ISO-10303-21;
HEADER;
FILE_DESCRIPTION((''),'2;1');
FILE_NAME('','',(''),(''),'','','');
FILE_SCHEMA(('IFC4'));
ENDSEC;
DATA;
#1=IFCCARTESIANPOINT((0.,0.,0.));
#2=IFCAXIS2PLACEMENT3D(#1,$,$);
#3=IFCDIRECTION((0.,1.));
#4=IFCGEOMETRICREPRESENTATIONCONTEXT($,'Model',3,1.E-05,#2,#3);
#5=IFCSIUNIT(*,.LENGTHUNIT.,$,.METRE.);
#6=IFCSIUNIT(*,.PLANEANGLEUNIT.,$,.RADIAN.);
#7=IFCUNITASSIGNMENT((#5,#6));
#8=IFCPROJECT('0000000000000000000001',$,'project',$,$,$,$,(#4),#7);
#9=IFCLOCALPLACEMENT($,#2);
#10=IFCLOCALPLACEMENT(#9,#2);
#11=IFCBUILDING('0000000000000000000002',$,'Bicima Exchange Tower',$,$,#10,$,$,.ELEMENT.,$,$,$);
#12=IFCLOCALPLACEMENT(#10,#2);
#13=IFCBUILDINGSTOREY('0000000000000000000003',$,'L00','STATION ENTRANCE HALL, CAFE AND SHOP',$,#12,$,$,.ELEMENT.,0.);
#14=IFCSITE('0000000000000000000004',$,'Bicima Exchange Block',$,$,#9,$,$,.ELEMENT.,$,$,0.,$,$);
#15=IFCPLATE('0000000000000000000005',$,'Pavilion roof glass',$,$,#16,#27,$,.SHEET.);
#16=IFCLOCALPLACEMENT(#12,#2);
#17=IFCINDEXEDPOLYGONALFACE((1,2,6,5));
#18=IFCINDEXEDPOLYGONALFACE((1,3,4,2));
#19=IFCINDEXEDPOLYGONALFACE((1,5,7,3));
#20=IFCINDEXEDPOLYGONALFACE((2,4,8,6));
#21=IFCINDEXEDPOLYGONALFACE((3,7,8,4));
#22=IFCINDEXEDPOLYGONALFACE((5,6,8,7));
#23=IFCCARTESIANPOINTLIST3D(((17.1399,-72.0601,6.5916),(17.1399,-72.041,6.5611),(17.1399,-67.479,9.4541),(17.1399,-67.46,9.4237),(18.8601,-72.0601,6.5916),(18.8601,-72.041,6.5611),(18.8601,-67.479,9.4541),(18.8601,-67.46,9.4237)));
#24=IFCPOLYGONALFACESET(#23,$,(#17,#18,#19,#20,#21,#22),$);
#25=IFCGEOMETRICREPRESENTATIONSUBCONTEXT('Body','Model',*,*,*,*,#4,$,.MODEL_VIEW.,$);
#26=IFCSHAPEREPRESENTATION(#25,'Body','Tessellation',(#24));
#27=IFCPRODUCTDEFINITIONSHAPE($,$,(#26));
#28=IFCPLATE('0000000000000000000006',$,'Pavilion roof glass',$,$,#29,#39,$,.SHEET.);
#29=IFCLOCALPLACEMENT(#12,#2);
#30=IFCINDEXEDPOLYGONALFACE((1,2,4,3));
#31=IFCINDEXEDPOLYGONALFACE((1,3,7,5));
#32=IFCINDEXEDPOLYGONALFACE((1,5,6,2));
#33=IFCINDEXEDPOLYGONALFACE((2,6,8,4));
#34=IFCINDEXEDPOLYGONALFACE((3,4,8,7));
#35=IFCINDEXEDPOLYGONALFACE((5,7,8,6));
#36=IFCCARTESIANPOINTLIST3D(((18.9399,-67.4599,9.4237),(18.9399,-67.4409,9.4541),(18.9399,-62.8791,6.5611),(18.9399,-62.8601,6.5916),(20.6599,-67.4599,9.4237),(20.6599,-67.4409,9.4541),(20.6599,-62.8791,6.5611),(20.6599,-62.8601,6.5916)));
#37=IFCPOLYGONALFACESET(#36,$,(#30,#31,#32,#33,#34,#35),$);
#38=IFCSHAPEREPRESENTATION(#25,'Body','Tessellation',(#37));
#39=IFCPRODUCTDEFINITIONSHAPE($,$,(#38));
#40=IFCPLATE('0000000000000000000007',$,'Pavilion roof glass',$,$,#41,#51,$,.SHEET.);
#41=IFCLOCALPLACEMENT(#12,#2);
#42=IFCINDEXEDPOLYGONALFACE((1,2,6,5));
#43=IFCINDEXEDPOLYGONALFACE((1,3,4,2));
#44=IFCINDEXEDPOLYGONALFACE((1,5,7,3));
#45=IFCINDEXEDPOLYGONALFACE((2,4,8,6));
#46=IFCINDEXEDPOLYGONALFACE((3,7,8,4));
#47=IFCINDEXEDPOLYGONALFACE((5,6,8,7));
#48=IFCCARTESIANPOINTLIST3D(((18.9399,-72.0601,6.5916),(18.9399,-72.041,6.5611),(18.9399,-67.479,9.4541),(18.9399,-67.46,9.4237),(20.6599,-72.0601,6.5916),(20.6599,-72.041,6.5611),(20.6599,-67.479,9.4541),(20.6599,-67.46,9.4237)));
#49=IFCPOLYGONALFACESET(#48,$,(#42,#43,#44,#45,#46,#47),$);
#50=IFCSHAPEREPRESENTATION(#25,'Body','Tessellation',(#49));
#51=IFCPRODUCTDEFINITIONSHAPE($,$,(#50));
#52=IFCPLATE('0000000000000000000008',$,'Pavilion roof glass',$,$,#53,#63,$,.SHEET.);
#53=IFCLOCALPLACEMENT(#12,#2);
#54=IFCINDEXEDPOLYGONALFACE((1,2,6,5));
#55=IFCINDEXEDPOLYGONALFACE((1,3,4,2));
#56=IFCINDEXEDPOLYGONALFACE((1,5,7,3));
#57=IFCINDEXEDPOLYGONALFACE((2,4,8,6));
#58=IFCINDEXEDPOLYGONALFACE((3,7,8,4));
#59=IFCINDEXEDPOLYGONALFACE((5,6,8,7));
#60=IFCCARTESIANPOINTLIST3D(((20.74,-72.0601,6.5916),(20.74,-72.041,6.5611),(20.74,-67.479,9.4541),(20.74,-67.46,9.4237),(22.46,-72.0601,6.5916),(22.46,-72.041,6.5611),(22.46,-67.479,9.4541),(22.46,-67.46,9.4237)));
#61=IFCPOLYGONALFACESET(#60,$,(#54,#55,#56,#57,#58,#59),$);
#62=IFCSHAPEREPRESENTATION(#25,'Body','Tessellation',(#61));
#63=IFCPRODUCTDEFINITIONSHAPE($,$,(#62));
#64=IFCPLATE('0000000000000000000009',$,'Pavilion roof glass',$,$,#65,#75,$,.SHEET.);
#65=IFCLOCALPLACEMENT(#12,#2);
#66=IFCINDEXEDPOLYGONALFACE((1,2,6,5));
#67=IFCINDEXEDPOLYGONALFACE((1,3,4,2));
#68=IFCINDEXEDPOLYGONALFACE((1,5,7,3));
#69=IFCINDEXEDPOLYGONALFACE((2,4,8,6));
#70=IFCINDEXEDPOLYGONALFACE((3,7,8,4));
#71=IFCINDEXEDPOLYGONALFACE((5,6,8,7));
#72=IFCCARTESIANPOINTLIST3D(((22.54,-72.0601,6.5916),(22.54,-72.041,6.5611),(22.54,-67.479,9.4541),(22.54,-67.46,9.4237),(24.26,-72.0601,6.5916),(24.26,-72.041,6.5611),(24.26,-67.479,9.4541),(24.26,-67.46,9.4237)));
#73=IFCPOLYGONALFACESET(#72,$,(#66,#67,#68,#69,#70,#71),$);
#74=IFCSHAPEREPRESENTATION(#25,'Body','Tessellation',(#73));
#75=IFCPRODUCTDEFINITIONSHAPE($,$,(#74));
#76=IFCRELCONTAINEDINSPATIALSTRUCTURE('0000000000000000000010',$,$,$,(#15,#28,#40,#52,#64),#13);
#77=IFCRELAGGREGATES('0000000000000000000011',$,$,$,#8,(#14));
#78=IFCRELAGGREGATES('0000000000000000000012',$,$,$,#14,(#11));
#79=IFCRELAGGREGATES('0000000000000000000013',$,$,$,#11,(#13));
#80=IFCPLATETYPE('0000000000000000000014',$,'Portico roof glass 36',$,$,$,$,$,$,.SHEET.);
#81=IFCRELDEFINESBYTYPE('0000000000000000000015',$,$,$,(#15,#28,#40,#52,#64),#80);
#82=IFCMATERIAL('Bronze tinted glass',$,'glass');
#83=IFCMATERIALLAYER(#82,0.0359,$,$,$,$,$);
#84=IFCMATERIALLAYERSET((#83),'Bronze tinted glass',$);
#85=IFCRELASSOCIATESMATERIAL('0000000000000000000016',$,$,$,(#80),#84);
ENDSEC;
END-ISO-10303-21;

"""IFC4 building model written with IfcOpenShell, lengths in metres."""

from ifc_helpers import new_model, si_unit, direction, frame, origin, place, context, subcontext, project, spatial, polyline, outline, extrude, material, layer, layer_set, type_object, element, save


model = new_model("IFC4")

# Units and contexts
model_context = context("Model", 3, precision=1e-05, world=origin(), true_north=direction((0.0, 1.0)))
body_context = subcontext(model_context, "Body", "Model", "MODEL_VIEW")
ifc_project = project(units=[si_unit("LENGTHUNIT", "METRE"), si_unit("PLANEANGLEUNIT", "RADIAN")], contexts=[model_context])

# Site, building, storey
site_placement = place(None, origin())
site = spatial("IfcSite", under=ifc_project, at=site_placement, Name="Bicima Exchange Block", CompositionType="ELEMENT", RefElevation=0.0)
building_placement = place(site_placement, origin())
building = spatial("IfcBuilding", under=site, at=building_placement, Name="Bicima Exchange Tower", CompositionType="ELEMENT")
storey_placement = place(building_placement, origin())
storey = spatial("IfcBuildingStorey", under=building, at=storey_placement, Name="L00", Description="STATION ENTRANCE HALL, CAFE AND SHOP", CompositionType="ELEMENT", Elevation=0.0)

# Plates
ifc_material_1 = material(Name="Bronze tinted glass", Category="glass")
ifc_layer = layer(ifc_material_1, 0.0359)
ifc_layer_set = layer_set([ifc_layer], Name="Bronze tinted glass")
plate_type = type_object("IfcPlateType", Name="Portico roof glass 36", PredefinedType="SHEET", material=ifc_layer_set)
plate_1_placement = place(storey_placement, frame((17.1399, -67.479, 9.4541), z_axis=(0.0, -0.529918, 0.848049), x_axis=(1.0, 0.0, 0.0)))
element("IfcPlate", 1, at=plate_1_placement, inside=storey, type_object=plate_type, Name="Pavilion roof glass", PredefinedType="SHEET", context=body_context, shape_type="SweptSolid", body=[
    extrude(outline(polyline([(0.0, 0.0), (1.7202, 0.0), (1.7202, -5.4019), (0.0, -5.4019), (0.0, 0.0)])), origin(), (0.0, 0.0, -1.0), 0.0359),
])
plate_2_placement = place(storey_placement, frame((18.9399, -62.8601, 6.5916), z_axis=(0.0, 0.529938, 0.848036), x_axis=(1.0, 0.0, 0.0)))
element("IfcPlate", 2, at=plate_2_placement, inside=storey, type_object=plate_type, Name="Pavilion roof glass", PredefinedType="SHEET", context=body_context, shape_type="SweptSolid", body=[
    extrude(outline(polyline([(0.0, 0.0), (1.72, 0.0), (1.72, -5.4017), (0.0, -5.4017), (0.0, 0.0)])), origin(), (0.0, 0.0, -1.0), 0.0359),
])
for number, where, z_axis, x_axis, name in (
    (3, (18.9399, -67.479, 9.4541), (0.0, -0.529918, 0.848049), (1.0, 0.0, 0.0), "Pavilion roof glass"),
    (4, (20.74, -67.479, 9.4541), (0.0, -0.529918, 0.848049), (1.0, 0.0, 0.0), "Pavilion roof glass"),
    (5, (22.54, -67.479, 9.4541), (0.0, -0.529918, 0.848049), (1.0, 0.0, 0.0), "Pavilion roof glass"),
):
    element("IfcPlate", number, at=place(storey_placement, frame(where, z_axis=z_axis, x_axis=x_axis)), inside=storey, type_object=plate_type, Name=name, PredefinedType="SHEET", context=body_context, shape_type="SweptSolid", body=[
        extrude(outline(polyline([(0.0, 0.0), (1.72, 0.0), (1.72, -5.4019), (0.0, -5.4019), (0.0, 0.0)])), origin(), (0.0, 0.0, -1.0), 0.0359),
    ])

save(model, "model.ifc")
